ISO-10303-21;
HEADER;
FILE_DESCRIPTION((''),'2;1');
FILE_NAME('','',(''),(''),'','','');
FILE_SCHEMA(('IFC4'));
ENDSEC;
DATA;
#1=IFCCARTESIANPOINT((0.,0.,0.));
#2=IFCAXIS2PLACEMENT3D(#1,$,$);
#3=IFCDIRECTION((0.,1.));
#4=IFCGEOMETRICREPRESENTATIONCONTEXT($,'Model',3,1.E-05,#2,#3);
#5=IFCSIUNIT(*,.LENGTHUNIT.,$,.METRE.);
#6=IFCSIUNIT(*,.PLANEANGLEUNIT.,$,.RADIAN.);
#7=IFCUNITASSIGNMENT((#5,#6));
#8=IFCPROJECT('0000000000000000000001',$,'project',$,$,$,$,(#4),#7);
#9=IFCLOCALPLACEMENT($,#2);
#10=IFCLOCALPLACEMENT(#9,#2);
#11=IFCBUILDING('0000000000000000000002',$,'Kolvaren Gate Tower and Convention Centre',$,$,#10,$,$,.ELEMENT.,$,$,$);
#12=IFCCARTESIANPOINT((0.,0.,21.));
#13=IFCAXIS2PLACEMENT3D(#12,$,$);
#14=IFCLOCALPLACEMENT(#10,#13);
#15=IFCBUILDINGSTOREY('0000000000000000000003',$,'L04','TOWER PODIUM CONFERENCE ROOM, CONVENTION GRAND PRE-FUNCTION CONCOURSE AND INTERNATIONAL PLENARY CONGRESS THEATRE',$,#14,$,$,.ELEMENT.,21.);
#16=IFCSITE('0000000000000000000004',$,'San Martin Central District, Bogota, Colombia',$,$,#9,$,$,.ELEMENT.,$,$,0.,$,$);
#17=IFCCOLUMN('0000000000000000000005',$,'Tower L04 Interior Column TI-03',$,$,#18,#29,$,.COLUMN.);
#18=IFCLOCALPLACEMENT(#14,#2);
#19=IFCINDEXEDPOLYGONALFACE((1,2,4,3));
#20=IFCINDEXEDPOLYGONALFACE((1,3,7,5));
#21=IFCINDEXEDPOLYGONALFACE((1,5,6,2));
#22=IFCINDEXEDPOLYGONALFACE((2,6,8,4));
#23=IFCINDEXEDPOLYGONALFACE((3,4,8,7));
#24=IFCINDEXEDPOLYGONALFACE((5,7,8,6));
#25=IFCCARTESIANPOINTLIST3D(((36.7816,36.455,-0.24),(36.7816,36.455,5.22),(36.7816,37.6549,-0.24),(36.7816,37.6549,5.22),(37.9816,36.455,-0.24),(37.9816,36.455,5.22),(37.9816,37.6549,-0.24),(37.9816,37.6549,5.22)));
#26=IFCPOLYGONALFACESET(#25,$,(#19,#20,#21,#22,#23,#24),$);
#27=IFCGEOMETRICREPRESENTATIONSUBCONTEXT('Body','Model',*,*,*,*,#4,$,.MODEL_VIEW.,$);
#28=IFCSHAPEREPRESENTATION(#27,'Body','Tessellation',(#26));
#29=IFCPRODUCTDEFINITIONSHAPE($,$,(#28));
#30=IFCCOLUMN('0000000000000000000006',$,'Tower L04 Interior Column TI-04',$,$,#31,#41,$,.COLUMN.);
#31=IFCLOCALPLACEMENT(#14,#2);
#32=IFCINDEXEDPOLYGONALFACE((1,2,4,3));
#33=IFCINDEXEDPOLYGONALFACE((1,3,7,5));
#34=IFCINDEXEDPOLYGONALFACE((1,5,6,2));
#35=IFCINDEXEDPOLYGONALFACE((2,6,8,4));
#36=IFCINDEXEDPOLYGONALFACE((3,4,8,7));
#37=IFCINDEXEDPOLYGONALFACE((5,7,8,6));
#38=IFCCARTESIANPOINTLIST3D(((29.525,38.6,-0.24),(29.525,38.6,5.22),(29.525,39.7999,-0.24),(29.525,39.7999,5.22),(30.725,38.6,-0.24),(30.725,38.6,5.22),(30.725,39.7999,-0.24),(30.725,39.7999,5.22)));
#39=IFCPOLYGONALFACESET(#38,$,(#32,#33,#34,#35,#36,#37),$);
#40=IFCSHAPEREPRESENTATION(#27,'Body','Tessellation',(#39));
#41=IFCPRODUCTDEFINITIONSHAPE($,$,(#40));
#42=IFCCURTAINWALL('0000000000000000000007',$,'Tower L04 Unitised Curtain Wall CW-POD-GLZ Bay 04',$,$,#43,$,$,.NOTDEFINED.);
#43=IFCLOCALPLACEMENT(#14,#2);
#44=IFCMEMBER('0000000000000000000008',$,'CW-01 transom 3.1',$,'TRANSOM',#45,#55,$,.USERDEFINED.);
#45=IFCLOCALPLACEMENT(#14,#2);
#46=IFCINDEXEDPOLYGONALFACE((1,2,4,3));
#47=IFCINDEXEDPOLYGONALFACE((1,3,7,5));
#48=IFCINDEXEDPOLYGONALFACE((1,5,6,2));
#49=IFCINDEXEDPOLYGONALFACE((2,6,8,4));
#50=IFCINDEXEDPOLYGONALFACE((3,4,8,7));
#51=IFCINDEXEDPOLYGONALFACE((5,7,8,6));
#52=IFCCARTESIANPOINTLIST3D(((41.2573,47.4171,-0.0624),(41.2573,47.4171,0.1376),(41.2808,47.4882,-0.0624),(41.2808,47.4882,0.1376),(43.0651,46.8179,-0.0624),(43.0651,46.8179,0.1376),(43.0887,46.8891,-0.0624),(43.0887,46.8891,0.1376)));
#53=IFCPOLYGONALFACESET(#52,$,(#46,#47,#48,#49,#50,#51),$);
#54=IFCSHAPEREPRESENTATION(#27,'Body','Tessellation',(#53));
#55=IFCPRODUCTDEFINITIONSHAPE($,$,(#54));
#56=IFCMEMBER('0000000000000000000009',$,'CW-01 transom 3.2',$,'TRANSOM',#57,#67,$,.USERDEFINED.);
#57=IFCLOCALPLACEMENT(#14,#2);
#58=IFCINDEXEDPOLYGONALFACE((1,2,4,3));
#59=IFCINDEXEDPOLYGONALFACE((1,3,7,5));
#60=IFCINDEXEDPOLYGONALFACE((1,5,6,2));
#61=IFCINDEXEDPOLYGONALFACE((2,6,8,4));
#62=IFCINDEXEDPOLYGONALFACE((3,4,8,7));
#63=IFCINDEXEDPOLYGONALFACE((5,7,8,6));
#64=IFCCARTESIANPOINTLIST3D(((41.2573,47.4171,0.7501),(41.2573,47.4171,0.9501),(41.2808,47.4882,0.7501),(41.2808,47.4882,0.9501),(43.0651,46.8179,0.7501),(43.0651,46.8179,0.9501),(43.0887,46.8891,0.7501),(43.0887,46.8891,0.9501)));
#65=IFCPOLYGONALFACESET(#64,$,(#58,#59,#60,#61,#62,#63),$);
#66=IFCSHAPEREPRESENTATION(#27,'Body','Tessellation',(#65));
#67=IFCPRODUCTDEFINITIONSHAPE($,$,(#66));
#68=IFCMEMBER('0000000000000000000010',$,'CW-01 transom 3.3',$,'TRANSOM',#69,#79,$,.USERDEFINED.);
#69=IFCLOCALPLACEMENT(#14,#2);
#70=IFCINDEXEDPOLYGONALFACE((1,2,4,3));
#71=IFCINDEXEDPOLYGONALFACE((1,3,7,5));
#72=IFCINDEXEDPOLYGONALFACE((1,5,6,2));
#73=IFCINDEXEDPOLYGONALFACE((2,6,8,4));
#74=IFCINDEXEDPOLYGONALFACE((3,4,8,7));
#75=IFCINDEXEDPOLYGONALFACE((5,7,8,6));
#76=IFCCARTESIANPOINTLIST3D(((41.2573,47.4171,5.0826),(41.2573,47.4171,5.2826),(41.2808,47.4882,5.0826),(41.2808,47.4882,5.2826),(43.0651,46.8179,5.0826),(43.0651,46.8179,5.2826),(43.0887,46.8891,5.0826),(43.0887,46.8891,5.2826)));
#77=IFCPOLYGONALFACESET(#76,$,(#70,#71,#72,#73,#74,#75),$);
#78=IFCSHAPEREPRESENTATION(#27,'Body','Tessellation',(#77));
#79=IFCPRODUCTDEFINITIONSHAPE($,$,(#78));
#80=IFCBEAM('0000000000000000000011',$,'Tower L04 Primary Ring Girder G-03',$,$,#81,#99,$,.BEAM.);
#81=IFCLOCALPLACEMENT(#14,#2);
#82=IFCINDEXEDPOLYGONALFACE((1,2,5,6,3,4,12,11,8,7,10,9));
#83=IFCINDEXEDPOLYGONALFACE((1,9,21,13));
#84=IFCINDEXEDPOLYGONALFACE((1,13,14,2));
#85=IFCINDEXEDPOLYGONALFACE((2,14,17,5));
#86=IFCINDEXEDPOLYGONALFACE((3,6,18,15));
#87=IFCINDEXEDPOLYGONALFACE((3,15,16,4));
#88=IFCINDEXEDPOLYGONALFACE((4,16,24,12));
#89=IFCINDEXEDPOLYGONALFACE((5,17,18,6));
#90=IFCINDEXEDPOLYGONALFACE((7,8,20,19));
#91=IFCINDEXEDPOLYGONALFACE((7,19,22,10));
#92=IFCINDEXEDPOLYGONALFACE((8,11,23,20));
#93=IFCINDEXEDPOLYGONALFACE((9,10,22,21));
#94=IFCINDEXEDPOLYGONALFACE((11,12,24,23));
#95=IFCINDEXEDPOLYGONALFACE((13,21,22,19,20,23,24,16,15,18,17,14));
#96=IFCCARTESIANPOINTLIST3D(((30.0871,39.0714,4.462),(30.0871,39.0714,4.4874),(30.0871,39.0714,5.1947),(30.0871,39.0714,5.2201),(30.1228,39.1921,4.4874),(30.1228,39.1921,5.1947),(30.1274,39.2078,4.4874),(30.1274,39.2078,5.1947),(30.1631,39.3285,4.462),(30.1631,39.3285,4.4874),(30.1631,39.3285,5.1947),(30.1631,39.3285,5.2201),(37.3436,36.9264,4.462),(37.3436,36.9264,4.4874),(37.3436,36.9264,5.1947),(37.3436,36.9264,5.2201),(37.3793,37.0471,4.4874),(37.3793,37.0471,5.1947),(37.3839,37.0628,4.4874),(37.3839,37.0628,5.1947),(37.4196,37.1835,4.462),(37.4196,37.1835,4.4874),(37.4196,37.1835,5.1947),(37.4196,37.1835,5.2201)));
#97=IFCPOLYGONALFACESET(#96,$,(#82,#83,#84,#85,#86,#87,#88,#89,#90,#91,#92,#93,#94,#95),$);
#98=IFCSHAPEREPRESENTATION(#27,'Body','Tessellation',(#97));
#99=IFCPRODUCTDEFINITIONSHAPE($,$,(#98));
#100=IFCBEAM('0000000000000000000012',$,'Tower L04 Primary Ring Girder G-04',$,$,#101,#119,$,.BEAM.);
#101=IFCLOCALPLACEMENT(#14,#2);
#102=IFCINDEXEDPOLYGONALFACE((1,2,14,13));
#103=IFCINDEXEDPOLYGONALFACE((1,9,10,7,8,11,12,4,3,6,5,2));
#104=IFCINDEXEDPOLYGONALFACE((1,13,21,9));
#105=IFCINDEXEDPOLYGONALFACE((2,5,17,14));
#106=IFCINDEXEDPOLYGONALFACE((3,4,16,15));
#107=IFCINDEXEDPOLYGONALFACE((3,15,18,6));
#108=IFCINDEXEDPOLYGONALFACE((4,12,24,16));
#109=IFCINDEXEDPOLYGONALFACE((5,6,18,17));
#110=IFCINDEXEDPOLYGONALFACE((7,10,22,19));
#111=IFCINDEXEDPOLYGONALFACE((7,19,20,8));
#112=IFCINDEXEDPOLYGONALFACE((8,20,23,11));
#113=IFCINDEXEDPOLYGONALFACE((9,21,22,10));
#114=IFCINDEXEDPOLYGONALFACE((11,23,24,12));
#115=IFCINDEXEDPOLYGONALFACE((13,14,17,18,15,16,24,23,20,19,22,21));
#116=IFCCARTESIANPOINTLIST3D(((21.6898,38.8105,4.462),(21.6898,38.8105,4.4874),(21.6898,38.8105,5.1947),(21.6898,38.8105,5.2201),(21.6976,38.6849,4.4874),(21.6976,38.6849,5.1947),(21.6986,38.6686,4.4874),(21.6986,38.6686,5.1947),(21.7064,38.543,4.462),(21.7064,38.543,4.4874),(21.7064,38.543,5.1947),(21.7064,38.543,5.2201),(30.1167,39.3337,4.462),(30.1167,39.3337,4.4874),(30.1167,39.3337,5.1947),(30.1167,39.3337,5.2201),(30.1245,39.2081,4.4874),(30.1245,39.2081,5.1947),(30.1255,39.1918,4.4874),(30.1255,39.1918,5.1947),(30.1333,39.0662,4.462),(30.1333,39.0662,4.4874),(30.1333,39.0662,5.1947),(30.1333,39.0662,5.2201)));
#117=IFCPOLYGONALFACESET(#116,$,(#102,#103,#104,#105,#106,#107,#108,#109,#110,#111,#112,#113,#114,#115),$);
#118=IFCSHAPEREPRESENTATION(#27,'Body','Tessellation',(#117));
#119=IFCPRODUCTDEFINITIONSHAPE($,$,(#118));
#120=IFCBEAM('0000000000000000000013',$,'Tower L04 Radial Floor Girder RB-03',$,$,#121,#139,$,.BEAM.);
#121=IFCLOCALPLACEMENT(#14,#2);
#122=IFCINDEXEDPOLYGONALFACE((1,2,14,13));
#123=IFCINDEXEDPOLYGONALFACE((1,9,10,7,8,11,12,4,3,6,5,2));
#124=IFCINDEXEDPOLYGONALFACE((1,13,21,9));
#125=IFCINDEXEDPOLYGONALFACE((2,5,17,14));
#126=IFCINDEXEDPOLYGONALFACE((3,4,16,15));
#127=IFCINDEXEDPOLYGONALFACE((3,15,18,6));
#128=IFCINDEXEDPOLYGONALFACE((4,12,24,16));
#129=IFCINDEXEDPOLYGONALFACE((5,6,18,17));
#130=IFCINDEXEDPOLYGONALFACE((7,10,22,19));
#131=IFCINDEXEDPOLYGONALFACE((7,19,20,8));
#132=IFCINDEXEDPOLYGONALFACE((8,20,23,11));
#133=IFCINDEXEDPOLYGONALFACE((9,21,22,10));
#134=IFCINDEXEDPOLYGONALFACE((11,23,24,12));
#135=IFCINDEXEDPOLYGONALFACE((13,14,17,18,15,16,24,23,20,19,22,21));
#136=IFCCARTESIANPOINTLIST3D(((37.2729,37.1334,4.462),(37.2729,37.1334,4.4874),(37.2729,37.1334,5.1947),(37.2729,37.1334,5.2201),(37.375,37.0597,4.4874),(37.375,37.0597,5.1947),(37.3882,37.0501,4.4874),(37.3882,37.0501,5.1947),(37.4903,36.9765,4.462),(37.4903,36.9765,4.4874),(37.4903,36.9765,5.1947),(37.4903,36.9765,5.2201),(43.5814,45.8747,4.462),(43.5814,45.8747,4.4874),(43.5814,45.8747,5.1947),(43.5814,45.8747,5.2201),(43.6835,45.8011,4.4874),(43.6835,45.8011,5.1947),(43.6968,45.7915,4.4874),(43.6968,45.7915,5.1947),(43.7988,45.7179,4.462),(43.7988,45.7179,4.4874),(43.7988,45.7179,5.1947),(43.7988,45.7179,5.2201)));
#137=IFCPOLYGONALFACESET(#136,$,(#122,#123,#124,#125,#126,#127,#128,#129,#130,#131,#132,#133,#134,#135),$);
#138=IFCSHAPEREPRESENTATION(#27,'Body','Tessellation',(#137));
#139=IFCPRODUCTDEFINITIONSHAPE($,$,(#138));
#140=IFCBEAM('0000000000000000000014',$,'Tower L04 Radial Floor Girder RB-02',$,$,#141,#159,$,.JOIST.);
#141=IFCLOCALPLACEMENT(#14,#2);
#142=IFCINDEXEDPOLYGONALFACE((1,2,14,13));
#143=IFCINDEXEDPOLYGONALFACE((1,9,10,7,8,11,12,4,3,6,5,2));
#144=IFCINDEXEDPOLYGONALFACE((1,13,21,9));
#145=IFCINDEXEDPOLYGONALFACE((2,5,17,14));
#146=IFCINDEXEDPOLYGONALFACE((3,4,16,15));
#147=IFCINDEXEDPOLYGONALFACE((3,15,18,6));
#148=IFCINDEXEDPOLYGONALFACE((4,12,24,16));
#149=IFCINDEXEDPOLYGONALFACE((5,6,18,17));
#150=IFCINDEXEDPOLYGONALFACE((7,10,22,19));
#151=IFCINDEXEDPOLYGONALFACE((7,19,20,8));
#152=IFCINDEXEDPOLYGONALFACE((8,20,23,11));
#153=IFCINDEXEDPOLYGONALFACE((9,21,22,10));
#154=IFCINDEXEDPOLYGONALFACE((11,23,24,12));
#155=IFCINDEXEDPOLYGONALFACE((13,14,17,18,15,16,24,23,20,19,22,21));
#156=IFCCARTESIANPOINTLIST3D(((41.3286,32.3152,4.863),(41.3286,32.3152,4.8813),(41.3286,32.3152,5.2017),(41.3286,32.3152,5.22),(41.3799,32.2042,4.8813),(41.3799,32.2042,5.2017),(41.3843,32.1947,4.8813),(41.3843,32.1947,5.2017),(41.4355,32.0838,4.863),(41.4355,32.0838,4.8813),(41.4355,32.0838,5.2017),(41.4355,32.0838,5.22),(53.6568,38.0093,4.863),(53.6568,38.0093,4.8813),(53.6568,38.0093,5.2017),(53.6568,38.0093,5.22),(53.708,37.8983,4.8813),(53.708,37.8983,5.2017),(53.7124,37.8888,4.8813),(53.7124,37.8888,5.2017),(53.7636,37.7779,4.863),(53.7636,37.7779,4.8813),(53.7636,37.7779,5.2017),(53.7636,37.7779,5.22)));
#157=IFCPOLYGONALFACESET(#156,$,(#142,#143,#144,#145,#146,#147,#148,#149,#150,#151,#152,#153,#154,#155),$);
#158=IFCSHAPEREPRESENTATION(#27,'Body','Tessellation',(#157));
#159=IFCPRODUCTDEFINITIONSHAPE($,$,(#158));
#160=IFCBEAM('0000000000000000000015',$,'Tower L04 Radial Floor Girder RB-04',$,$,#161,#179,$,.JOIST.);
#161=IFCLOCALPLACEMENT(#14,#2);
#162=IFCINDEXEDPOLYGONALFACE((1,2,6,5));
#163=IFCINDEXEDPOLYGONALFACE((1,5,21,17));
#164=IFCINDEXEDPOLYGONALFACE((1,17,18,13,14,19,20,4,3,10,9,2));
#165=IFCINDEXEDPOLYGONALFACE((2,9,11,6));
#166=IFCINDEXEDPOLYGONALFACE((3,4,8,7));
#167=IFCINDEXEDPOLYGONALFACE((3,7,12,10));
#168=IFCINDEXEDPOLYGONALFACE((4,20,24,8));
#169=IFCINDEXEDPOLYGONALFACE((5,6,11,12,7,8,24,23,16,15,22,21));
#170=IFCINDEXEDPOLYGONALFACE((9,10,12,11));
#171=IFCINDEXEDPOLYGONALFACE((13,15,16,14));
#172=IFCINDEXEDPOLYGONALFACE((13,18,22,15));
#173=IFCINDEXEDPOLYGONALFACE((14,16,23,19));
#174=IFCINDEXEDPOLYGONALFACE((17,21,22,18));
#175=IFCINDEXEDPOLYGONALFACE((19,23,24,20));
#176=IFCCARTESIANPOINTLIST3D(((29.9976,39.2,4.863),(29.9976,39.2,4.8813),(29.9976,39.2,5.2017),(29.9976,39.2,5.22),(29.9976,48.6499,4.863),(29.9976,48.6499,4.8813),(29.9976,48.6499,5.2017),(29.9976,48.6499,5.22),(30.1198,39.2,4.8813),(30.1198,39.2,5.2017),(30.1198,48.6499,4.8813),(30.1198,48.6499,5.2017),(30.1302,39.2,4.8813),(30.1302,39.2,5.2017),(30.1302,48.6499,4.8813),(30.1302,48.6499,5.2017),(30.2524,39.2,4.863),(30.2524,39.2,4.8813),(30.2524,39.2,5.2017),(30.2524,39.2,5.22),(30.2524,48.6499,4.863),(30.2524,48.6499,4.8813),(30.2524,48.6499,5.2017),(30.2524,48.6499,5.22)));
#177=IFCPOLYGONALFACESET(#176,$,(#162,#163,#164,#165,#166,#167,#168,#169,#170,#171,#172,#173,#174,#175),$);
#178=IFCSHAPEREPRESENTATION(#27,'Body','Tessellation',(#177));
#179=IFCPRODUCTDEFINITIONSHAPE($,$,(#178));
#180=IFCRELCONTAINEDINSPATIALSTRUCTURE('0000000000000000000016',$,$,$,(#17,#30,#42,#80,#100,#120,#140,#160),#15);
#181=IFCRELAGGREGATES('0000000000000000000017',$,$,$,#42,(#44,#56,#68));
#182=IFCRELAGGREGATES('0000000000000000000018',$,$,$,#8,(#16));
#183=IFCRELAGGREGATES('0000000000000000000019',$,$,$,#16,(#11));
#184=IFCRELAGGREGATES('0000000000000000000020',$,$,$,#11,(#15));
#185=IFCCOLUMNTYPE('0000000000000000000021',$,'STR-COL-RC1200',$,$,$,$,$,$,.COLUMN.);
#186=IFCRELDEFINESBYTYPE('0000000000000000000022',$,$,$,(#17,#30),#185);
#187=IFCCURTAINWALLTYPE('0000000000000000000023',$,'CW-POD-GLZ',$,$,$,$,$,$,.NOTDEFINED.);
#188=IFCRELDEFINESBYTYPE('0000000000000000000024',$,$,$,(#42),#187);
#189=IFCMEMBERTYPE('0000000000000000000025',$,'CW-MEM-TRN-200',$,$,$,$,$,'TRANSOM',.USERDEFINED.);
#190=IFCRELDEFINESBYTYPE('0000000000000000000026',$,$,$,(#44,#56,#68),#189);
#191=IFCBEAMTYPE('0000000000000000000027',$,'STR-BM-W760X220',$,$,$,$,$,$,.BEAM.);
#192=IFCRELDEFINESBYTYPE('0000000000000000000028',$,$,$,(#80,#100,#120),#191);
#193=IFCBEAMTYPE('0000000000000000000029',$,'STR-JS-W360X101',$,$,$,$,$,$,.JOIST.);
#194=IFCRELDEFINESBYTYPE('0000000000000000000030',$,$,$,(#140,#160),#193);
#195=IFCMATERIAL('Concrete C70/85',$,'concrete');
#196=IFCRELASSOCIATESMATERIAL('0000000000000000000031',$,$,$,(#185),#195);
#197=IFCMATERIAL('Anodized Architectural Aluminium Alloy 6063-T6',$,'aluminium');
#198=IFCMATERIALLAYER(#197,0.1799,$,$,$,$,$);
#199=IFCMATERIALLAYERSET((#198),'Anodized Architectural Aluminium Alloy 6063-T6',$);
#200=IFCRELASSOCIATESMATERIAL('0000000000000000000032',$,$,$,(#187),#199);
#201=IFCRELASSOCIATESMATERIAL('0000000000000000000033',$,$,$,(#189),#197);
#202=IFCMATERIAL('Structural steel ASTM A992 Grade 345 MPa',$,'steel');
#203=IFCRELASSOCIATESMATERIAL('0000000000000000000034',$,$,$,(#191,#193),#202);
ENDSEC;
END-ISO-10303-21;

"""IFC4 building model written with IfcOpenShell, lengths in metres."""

from ifc_helpers import new_model, si_unit, direction, frame, origin, origin_2d, place, context, subcontext, project, spatial, rectangle, i_section, extrude, material, layer, layer_set, material_profile, profile_set, type_object, element, aggregate, save


model = new_model("IFC4")

# Units and contexts
model_context = context("Model", 3, precision=1e-05, world=origin(), true_north=direction((0.0, 1.0)))
body_context = subcontext(model_context, "Body", "Model", "MODEL_VIEW")
ifc_project = project(units=[si_unit("LENGTHUNIT", "METRE"), si_unit("PLANEANGLEUNIT", "RADIAN")], contexts=[model_context])

# Site, building, storey
site_placement = place(None, origin())
site = spatial("IfcSite", under=ifc_project, at=site_placement, Name="San Martin Central District, Bogota, Colombia", CompositionType="ELEMENT", RefElevation=0.0)
building_placement = place(site_placement, origin())
building = spatial("IfcBuilding", under=site, at=building_placement, Name="Kolvaren Gate Tower and Convention Centre", CompositionType="ELEMENT")
storey_placement = place(building_placement, frame((0.0, 0.0, 21.0)))
storey = spatial("IfcBuildingStorey", under=building, at=storey_placement, Name="L04", Description="TOWER PODIUM CONFERENCE ROOM, CONVENTION GRAND PRE-FUNCTION CONCOURSE AND INTERNATIONAL PLENARY CONGRESS THEATRE", CompositionType="ELEMENT", Elevation=21.0)

# Columns
ifc_material_1 = material(Name="Concrete C70/85", Category="concrete")
ifc_material_profile_1 = material_profile(ifc_material_1, rectangle(XDim=1.2, YDim=1.2, at=origin_2d()), Name="RC-COL-1200X1200")
ifc_profile_set_1 = profile_set([ifc_material_profile_1], Name="Concrete C70/85")
column_type = type_object("IfcColumnType", Name="STR-COL-RC1200", PredefinedType="COLUMN", material=ifc_profile_set_1)
for number, where, z_axis, x_axis, name in (
    (1, (37.3816, 37.0549, -0.24), (0.0, 0.0, 1.0), (1.0, 0.0, 0.0), "Tower L04 Interior Column TI-03"),
    (2, (30.125, 39.2, -0.24), (0.0, 0.0, 1.0), (1.0, 0.0, 0.0), "Tower L04 Interior Column TI-04"),
):
    element("IfcColumn", number, at=place(storey_placement, frame(where, z_axis=z_axis, x_axis=x_axis)), inside=storey, type_object=column_type, Name=name, PredefinedType="COLUMN", context=body_context, shape_type="SweptSolid", body=[
        extrude(rectangle(XDim=1.2, YDim=1.2, at=origin_2d()), origin(), (0.0, 0.0, 1.0), 5.46),
    ])

# Curtain wall, members
ifc_material_2 = material(Name="Anodized Architectural Aluminium Alloy 6063-T6", Category="aluminium")
ifc_layer_1 = layer(ifc_material_2, 0.1799)
ifc_layer_set_1 = layer_set([ifc_layer_1], Name="Anodized Architectural Aluminium Alloy 6063-T6")
curtain_wall_type = type_object("IfcCurtainWallType", Name="CW-POD-GLZ", PredefinedType="NOTDEFINED", material=ifc_layer_set_1)
curtain_wall_placement = place(storey_placement, origin())
curtain_wall = element("IfcCurtainWall", 3, at=curtain_wall_placement, inside=storey, type_object=curtain_wall_type, Name="Tower L04 Unitised Curtain Wall CW-POD-GLZ Bay 04", PredefinedType="NOTDEFINED")
ifc_material_profile_2 = material_profile(ifc_material_2, rectangle(XDim=0.075, YDim=0.2, at=origin_2d()), Name="CW-MEM-TRN-200")
ifc_profile_set_2 = profile_set([ifc_material_profile_2], Name="Anodized Architectural Aluminium Alloy 6063-T6")
member_type = type_object("IfcMemberType", Name="CW-MEM-TRN-200", ElementType="TRANSOM", PredefinedType="USERDEFINED", material=ifc_profile_set_2)
member_1_placement = place(storey_placement, frame((41.269, 47.4526, 0.0376), z_axis=(0.949233, -0.314574, 0.0), x_axis=(0.314574, 0.949233, 0.0)))
member_1 = element("IfcMember", 4, at=member_1_placement, type_object=member_type, Name="CW-01 transom 3.1", ObjectType="TRANSOM", PredefinedType="USERDEFINED", context=body_context, shape_type="SweptSolid", body=[
    extrude(rectangle(XDim=0.075, YDim=0.2, at=origin_2d()), origin(), (0.0, 0.0, 1.0), 1.9045),
])
member_2_placement = place(storey_placement, frame((41.269, 47.4526, 0.8501), z_axis=(0.949233, -0.314574, 0.0), x_axis=(0.314574, 0.949233, 0.0)))
member_2 = element("IfcMember", 5, at=member_2_placement, type_object=member_type, Name="CW-01 transom 3.2", ObjectType="TRANSOM", PredefinedType="USERDEFINED", context=body_context, shape_type="SweptSolid", body=[
    extrude(rectangle(XDim=0.075, YDim=0.2, at=origin_2d()), origin(), (0.0, 0.0, 1.0), 1.9045),
])
member_3_placement = place(storey_placement, frame((41.269, 47.4526, 5.1826), z_axis=(0.949233, -0.314574, 0.0), x_axis=(0.314574, 0.949233, 0.0)))
member_3 = element("IfcMember", 6, at=member_3_placement, type_object=member_type, Name="CW-01 transom 3.3", ObjectType="TRANSOM", PredefinedType="USERDEFINED", context=body_context, shape_type="SweptSolid", body=[
    extrude(rectangle(XDim=0.075, YDim=0.2, at=origin_2d()), origin(), (0.0, 0.0, 1.0), 1.9045),
])
aggregate(curtain_wall, [member_1, member_2, member_3])

# Beams
ifc_material_3 = material(Name="Structural steel ASTM A992 Grade 345 MPa", Category="steel")
ifc_material_profile_3 = material_profile(ifc_material_3, i_section(OverallWidth=0.2681, OverallDepth=0.7581, WebThickness=0.0164, FlangeThickness=0.0254, at=origin_2d()), Name="W760X220")
ifc_profile_set_3 = profile_set([ifc_material_profile_3], Name="Structural steel ASTM A992 Grade 345 MPa")
beam_type_1 = type_object("IfcBeamType", Name="STR-BM-W760X220", PredefinedType="BEAM", material=ifc_profile_set_3)
beam_1_placement = place(storey_placement, frame((37.3816, 37.0549, 4.8411), z_axis=(-0.958981, 0.283471, 0.0), x_axis=(-0.283471, -0.958981, 0.0)))
element("IfcBeam", 7, at=beam_1_placement, inside=storey, type_object=beam_type_1, Name="Tower L04 Primary Ring Girder G-03", PredefinedType="BEAM", context=body_context, shape_type="SweptSolid", body=[
    extrude(i_section(OverallWidth=0.2681, OverallDepth=0.7581, WebThickness=0.0164, FlangeThickness=0.0254, at=origin_2d()), origin(), (0.0, 0.0, 1.0), 7.5669),
])
beam_2_placement = place(storey_placement, frame((30.125, 39.2, 4.8411), z_axis=(-0.998078, -0.061966, 0.0), x_axis=(0.061966, -0.998078, 0.0)))
element("IfcBeam", 8, at=beam_2_placement, inside=storey, type_object=beam_type_1, Name="Tower L04 Primary Ring Girder G-04", PredefinedType="BEAM", context=body_context, shape_type="SweptSolid", body=[
    extrude(i_section(OverallWidth=0.2681, OverallDepth=0.7581, WebThickness=0.0164, FlangeThickness=0.0254, at=origin_2d()), origin(), (0.0, 0.0, 1.0), 8.4431),
])
beam_3_placement = place(storey_placement, frame((37.3816, 37.0549, 4.8411), z_axis=(0.585205, 0.810885, 0.0), x_axis=(-0.810885, 0.585205, 0.0)))
element("IfcBeam", 9, at=beam_3_placement, inside=storey, type_object=beam_type_1, Name="Tower L04 Radial Floor Girder RB-03", PredefinedType="BEAM", context=body_context, shape_type="SweptSolid", body=[
    extrude(i_section(OverallWidth=0.2681, OverallDepth=0.7581, WebThickness=0.0164, FlangeThickness=0.0254, at=origin_2d()), origin(), (0.0, 0.0, 1.0), 10.78),
])
ifc_material_profile_4 = material_profile(ifc_material_3, i_section(OverallWidth=0.2549, OverallDepth=0.3569, WebThickness=0.0105, FlangeThickness=0.0183, at=origin_2d()), Name="W360X101")
ifc_profile_set_4 = profile_set([ifc_material_profile_4], Name="Structural steel ASTM A992 Grade 345 MPa")
beam_type_2 = type_object("IfcBeamType", Name="STR-JS-W360X101", PredefinedType="JOIST", material=ifc_profile_set_4)
beam_4_placement = place(storey_placement, frame((41.3821, 32.1995, 5.0415), z_axis=(0.907842, 0.419312, 0.0), x_axis=(-0.419312, 0.907842, 0.0)))
element("IfcBeam", 10, at=beam_4_placement, inside=storey, type_object=beam_type_2, Name="Tower L04 Radial Floor Girder RB-02", PredefinedType="JOIST", context=body_context, shape_type="SweptSolid", body=[
    extrude(i_section(OverallWidth=0.2549, OverallDepth=0.3569, WebThickness=0.0105, FlangeThickness=0.0183, at=origin_2d()), origin(), (0.0, 0.0, 1.0), 13.5796),
])
beam_5_placement = place(storey_placement, frame((30.125, 39.2, 5.0415), z_axis=(0.0, 1.0, 0.0), x_axis=(-1.0, 0.0, 0.0)))
element("IfcBeam", 11, at=beam_5_placement, inside=storey, type_object=beam_type_2, Name="Tower L04 Radial Floor Girder RB-04", PredefinedType="JOIST", context=body_context, shape_type="SweptSolid", body=[
    extrude(i_section(OverallWidth=0.2549, OverallDepth=0.3569, WebThickness=0.0105, FlangeThickness=0.0183, at=origin_2d()), origin(), (0.0, 0.0, 1.0), 9.45),
])

save(model, "model.ifc")
